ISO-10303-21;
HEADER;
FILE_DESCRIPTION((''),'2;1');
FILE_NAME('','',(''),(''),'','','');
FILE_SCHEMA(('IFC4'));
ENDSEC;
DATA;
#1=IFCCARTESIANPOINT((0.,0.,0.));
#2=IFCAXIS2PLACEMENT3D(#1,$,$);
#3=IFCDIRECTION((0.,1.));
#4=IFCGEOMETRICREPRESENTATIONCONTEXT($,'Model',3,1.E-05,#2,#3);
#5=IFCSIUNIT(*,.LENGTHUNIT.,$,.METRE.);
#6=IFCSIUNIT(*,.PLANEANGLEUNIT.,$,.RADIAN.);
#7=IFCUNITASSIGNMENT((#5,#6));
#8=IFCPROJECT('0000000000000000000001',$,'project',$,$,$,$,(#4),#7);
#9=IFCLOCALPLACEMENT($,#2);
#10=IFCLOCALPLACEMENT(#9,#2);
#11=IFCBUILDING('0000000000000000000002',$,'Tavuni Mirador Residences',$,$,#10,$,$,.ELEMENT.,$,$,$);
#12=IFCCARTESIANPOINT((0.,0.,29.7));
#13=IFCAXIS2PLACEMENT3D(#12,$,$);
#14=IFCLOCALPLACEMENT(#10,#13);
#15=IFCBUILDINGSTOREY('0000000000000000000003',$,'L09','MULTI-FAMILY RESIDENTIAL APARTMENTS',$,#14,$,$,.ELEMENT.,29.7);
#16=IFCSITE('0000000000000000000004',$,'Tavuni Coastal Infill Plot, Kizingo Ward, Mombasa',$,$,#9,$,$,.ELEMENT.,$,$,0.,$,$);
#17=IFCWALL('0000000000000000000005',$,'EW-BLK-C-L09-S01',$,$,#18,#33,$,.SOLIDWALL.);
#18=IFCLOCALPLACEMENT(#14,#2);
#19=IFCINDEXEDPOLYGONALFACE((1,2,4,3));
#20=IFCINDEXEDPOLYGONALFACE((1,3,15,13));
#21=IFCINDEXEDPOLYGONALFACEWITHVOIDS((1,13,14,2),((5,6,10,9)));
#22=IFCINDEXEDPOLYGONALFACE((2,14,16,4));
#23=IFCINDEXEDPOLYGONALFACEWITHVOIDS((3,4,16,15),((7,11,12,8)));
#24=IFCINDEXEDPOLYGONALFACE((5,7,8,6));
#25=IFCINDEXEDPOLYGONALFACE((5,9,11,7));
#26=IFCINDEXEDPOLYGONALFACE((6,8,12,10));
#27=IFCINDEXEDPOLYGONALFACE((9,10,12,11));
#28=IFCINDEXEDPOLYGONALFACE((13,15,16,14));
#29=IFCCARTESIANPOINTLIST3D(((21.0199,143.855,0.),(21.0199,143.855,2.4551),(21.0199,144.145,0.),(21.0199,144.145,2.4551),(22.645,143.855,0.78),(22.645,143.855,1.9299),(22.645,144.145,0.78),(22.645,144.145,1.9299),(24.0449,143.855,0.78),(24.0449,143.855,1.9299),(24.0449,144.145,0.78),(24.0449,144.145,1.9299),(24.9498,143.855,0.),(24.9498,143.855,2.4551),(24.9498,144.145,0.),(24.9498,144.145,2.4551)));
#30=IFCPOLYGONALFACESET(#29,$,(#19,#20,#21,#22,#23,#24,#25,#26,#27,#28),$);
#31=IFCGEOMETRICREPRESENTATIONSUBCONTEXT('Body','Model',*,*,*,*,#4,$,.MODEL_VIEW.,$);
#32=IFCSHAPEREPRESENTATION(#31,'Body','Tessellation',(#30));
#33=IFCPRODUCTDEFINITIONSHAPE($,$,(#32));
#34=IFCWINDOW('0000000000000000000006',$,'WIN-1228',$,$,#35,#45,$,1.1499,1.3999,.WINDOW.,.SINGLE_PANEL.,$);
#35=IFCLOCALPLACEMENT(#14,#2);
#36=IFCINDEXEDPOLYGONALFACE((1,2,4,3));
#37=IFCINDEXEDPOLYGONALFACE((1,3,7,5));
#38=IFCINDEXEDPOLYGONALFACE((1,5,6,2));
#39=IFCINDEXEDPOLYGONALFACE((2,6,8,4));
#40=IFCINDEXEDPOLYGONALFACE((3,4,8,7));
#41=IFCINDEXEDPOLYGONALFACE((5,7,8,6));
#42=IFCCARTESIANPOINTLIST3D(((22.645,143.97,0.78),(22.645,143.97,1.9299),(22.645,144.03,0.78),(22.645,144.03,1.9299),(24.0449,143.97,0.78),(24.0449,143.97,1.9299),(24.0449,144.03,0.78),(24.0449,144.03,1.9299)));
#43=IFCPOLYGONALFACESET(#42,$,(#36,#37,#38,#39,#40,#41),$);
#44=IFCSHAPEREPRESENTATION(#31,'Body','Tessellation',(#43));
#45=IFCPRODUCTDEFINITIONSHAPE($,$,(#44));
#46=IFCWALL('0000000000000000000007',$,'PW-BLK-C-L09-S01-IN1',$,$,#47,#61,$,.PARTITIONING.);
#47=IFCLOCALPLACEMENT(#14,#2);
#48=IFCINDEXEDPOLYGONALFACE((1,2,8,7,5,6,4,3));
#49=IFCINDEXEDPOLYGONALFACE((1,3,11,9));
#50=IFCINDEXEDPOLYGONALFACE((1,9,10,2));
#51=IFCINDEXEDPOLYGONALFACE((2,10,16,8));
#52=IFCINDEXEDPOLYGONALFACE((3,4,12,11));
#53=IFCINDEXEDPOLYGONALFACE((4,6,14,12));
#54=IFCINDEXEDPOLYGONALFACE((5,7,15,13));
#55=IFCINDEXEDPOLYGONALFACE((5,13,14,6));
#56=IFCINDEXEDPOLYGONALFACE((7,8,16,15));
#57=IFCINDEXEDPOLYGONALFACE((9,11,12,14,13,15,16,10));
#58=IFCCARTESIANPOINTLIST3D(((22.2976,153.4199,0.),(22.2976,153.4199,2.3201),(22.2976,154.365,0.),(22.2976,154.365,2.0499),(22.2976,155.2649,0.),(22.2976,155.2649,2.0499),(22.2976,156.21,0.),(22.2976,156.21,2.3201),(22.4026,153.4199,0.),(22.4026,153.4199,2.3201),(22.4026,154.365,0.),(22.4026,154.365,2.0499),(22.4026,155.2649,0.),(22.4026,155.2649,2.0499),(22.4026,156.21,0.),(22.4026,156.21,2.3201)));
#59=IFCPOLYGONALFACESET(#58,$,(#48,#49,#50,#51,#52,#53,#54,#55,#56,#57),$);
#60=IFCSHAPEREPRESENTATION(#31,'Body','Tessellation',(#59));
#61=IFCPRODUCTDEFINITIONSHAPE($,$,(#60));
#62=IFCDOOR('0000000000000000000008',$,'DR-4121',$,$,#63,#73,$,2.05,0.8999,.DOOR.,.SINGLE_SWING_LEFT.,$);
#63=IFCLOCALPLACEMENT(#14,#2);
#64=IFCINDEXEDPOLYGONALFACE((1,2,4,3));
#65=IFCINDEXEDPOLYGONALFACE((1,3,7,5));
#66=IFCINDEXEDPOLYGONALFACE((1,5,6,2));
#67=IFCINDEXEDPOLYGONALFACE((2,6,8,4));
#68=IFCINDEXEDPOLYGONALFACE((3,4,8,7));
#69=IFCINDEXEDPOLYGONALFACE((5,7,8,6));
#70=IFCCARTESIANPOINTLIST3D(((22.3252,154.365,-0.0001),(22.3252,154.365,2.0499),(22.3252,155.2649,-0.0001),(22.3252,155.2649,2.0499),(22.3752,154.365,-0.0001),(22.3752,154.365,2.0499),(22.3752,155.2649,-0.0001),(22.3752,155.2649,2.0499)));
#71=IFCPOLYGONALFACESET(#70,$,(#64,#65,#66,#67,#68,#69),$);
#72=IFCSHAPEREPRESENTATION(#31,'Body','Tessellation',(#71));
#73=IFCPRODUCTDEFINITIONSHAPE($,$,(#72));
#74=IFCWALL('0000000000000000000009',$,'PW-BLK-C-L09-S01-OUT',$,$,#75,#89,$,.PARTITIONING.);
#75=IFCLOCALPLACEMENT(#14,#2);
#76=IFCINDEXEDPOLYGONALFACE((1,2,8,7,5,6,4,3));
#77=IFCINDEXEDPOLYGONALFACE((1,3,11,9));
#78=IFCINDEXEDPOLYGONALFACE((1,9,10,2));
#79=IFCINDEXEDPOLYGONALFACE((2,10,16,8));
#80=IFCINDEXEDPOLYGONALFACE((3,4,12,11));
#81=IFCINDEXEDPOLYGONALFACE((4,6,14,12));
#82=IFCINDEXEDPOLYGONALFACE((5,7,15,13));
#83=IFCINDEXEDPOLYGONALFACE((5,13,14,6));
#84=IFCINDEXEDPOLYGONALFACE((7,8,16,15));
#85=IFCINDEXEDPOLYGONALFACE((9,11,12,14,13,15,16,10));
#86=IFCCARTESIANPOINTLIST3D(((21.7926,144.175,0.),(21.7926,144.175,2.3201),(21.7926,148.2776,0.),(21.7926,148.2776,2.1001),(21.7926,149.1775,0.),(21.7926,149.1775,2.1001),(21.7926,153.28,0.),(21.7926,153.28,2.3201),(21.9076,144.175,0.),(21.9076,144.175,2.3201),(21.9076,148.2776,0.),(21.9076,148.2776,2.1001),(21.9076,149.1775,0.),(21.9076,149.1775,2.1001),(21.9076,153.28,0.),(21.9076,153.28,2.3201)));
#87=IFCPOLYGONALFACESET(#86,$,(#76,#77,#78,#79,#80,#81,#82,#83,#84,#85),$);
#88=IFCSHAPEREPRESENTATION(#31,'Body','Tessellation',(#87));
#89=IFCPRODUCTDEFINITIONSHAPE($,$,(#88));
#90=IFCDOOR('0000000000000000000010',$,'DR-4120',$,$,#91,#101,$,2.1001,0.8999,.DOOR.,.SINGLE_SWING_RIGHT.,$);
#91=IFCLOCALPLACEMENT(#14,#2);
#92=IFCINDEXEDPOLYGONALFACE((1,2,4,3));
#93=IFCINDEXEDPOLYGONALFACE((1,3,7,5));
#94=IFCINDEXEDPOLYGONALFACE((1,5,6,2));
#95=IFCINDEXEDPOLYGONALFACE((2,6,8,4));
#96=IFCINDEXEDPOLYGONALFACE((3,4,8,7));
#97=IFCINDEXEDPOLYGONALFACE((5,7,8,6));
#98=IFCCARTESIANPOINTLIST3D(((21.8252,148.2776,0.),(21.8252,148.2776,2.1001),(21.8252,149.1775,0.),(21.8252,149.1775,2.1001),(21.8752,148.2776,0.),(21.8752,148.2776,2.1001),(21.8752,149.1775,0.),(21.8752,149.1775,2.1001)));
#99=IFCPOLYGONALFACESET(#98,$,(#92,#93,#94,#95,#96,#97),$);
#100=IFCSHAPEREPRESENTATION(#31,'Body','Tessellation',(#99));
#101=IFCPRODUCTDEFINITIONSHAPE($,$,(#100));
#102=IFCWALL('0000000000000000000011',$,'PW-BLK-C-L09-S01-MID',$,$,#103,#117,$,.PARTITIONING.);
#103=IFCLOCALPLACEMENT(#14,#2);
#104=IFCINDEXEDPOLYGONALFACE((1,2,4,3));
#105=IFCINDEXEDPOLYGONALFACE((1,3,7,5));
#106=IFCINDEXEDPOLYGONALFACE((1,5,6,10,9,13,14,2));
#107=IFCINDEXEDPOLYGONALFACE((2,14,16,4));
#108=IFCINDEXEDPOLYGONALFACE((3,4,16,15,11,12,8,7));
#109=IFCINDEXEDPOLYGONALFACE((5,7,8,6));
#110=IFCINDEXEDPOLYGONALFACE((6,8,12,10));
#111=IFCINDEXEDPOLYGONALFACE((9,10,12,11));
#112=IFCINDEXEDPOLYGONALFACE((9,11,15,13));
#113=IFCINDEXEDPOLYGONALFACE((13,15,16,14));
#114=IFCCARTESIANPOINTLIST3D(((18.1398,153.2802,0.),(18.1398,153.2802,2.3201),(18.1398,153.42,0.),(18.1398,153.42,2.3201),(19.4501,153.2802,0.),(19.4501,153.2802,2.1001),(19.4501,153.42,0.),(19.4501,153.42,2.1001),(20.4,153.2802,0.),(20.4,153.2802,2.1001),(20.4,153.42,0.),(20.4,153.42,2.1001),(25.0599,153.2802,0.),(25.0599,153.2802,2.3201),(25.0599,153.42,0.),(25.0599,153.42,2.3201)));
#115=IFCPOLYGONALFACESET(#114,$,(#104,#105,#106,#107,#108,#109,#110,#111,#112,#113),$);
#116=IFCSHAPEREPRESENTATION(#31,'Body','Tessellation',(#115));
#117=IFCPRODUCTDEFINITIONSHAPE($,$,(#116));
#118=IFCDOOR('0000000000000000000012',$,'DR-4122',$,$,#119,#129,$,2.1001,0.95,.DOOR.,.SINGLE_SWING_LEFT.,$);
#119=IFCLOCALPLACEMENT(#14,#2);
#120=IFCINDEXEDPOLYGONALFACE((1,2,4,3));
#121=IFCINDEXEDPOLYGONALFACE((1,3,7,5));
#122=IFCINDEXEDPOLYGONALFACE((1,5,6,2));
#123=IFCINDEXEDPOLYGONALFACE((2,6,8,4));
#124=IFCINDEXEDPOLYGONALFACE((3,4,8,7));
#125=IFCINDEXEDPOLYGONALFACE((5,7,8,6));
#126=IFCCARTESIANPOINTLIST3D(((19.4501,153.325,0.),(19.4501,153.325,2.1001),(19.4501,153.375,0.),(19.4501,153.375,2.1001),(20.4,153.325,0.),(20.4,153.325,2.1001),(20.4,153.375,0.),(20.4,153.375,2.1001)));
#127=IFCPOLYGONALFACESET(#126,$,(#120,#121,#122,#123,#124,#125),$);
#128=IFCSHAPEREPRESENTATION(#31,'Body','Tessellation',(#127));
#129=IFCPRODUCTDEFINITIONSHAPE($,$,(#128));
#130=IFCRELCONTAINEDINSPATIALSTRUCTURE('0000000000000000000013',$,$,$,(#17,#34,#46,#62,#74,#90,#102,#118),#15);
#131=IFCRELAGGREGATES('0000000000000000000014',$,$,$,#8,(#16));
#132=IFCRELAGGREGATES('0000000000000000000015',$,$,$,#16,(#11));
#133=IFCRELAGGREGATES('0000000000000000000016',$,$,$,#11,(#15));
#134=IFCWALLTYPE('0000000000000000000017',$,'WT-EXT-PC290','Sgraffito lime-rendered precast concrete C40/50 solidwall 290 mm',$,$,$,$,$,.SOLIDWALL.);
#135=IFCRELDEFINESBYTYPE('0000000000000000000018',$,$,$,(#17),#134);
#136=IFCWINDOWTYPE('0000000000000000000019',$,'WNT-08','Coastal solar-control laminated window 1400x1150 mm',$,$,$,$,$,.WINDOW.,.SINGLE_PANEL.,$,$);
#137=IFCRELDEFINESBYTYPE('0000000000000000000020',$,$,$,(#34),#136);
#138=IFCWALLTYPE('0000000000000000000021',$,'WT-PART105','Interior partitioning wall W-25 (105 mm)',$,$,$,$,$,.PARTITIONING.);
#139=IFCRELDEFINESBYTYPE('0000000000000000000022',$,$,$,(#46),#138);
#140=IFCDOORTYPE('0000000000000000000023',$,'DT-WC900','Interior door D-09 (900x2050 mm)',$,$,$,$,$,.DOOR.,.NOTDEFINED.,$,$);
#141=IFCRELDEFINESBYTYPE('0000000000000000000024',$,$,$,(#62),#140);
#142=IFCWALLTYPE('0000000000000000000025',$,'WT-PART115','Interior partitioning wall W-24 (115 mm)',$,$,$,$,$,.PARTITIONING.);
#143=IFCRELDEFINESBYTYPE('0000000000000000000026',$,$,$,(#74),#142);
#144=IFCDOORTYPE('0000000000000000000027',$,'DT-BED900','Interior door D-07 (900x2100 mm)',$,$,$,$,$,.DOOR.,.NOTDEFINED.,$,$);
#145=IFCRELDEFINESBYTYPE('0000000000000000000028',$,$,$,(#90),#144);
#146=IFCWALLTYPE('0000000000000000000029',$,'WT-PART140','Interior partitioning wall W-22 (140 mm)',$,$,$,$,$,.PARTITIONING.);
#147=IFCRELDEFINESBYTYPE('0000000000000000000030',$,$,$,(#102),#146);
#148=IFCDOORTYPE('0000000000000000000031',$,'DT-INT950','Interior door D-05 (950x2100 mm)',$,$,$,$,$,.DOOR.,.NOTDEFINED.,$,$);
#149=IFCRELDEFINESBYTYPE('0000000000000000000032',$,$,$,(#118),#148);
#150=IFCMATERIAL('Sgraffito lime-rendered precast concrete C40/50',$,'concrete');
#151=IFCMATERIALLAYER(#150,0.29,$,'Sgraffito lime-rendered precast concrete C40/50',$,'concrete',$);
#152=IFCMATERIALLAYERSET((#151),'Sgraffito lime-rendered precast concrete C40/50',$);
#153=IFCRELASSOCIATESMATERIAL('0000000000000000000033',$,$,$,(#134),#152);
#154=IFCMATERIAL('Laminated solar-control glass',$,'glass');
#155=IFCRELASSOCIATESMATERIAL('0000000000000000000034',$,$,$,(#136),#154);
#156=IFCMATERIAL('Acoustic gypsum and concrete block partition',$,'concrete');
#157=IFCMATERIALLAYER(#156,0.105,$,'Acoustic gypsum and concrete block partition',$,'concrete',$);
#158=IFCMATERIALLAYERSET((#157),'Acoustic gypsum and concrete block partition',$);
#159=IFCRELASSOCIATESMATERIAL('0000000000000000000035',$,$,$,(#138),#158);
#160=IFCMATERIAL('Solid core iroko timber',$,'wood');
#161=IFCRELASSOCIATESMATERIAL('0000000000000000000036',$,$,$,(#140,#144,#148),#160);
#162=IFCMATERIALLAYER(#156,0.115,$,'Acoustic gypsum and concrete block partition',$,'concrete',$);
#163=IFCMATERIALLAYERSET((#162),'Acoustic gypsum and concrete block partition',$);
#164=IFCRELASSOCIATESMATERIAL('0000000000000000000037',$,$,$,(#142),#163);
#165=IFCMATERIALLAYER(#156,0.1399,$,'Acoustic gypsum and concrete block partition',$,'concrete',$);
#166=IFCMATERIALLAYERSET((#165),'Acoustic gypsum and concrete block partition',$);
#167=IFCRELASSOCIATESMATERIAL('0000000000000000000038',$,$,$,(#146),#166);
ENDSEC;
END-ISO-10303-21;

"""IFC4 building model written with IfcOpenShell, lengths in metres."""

from ifc_helpers import new_model, si_unit, direction, frame, frame_2d, origin, place, context, subcontext, project, spatial, rectangle, extrude, material, layer, layer_set, type_object, element, fill, save


model = new_model("IFC4")

# Units and contexts
model_context = context("Model", 3, precision=1e-05, world=origin(), true_north=direction((0.0, 1.0)))
body_context = subcontext(model_context, "Body", "Model", "MODEL_VIEW")
ifc_project = project(units=[si_unit("LENGTHUNIT", "METRE"), si_unit("PLANEANGLEUNIT", "RADIAN")], contexts=[model_context])

# Site, building, storey
site_placement = place(None, origin())
site = spatial("IfcSite", under=ifc_project, at=site_placement, Name="Tavuni Coastal Infill Plot, Kizingo Ward, Mombasa", CompositionType="ELEMENT", RefElevation=0.0)
building_placement = place(site_placement, origin())
building = spatial("IfcBuilding", under=site, at=building_placement, Name="Tavuni Mirador Residences", CompositionType="ELEMENT")
storey_placement = place(building_placement, frame((0.0, 0.0, 29.7)))
storey = spatial("IfcBuildingStorey", under=building, at=storey_placement, Name="L09", Description="MULTI-FAMILY RESIDENTIAL APARTMENTS", CompositionType="ELEMENT", Elevation=29.7)

# Shared definitions
ifc_material_1 = material(Name="Solid core iroko timber", Category="wood")

# Wall, opening, window
ifc_material_2 = material(Name="Sgraffito lime-rendered precast concrete C40/50", Category="concrete")
ifc_layer_1 = layer(ifc_material_2, 0.29, Name="Sgraffito lime-rendered precast concrete C40/50", Category="concrete")
ifc_layer_set_1 = layer_set([ifc_layer_1], Name="Sgraffito lime-rendered precast concrete C40/50")
wall_type_1 = type_object("IfcWallType", Name="WT-EXT-PC290", Description="Sgraffito lime-rendered precast concrete C40/50 solidwall 290 mm", PredefinedType="SOLIDWALL", material=ifc_layer_set_1)
wall_1_placement = place(storey_placement, frame((21.02, 144.0, 0.0), z_axis=(0.0, 0.0, 1.0), x_axis=(1.0, 0.0, 0.0)))
wall_1 = element("IfcWall", 1, at=wall_1_placement, inside=storey, type_object=wall_type_1, Name="EW-BLK-C-L09-S01", PredefinedType="SOLIDWALL", context=body_context, shape_type="SweptSolid", body=[
    extrude(rectangle(XDim=3.9299, YDim=0.29, at=frame_2d((1.9648, 0.0))), origin(), (0.0, 0.0, 1.0), 2.4551),
])
opening_1_placement = place(wall_1_placement, frame((1.625, 0.0, 0.78)))
opening_1 = element("IfcOpeningElement", 2, at=opening_1_placement, cuts=wall_1, PredefinedType="OPENING", context=body_context, shape_type="SweptSolid", body=[
    extrude(rectangle(XDim=1.3999, YDim=1.1499, at=frame_2d((0.7, 0.575))), frame((0.0, 0.155, 0.0), z_axis=(0.0, -1.0, 0.0), x_axis=(1.0, 0.0, 0.0)), (0.0, 0.0, 1.0), 0.3101),
])
ifc_material_3 = material(Name="Laminated solar-control glass", Category="glass")
window_type = type_object("IfcWindowType", Name="WNT-08", Description="Coastal solar-control laminated window 1400x1150 mm", PartitioningType="SINGLE_PANEL", PredefinedType="WINDOW", material=ifc_material_3)
window_placement = place(opening_1_placement, origin())
window = element("IfcWindow", 3, at=window_placement, inside=storey, type_object=window_type, Name="WIN-1228", OverallHeight=1.1499, OverallWidth=1.3999, PartitioningType="SINGLE_PANEL", PredefinedType="WINDOW", context=body_context, shape_type="SweptSolid", body=[
    extrude(rectangle(XDim=1.3999, YDim=1.1499, at=frame_2d((0.7, 0.575))), frame((0.0, 0.03, 0.0), z_axis=(0.0, -1.0, 0.0), x_axis=(1.0, 0.0, 0.0)), (0.0, 0.0, 1.0), 0.0601),
])
fill(opening_1, window)

# Walls, openings, doors
ifc_material_4 = material(Name="Acoustic gypsum and concrete block partition", Category="concrete")
ifc_layer_2 = layer(ifc_material_4, 0.105, Name="Acoustic gypsum and concrete block partition", Category="concrete")
ifc_layer_set_2 = layer_set([ifc_layer_2], Name="Acoustic gypsum and concrete block partition")
wall_type_2 = type_object("IfcWallType", Name="WT-PART105", Description="Interior partitioning wall W-25 (105 mm)", PredefinedType="PARTITIONING", material=ifc_layer_set_2)
wall_2_placement = place(storey_placement, frame((22.3501, 153.4199, 0.0), z_axis=(0.0, 0.0, 1.0), x_axis=(0.0, 1.0, 0.0)))
wall_2 = element("IfcWall", 4, at=wall_2_placement, inside=storey, type_object=wall_type_2, Name="PW-BLK-C-L09-S01-IN1", PredefinedType="PARTITIONING", context=body_context, shape_type="SweptSolid", body=[
    extrude(rectangle(XDim=2.79, YDim=0.105, at=frame_2d((1.395, 0.0))), origin(), (0.0, 0.0, 1.0), 2.3201),
])
opening_2_placement = place(wall_2_placement, frame((0.9451, 0.0, 0.0)))
opening_2 = element("IfcOpeningElement", 5, at=opening_2_placement, cuts=wall_2, PredefinedType="OPENING", context=body_context, shape_type="SweptSolid", body=[
    extrude(rectangle(XDim=0.8999, YDim=2.05, at=frame_2d((0.45, 1.0249))), frame((0.0, 0.0625, 0.0), z_axis=(0.0, -1.0, 0.0), x_axis=(1.0, 0.0, 0.0)), (0.0, 0.0, 1.0), 0.125),
])
door_type_1 = type_object("IfcDoorType", Name="DT-WC900", Description="Interior door D-09 (900x2050 mm)", OperationType="NOTDEFINED", PredefinedType="DOOR", material=ifc_material_1)
door_1_placement = place(opening_2_placement, origin())
door_1 = element("IfcDoor", 6, at=door_1_placement, inside=storey, type_object=door_type_1, Name="DR-4121", OperationType="SINGLE_SWING_LEFT", OverallHeight=2.05, OverallWidth=0.8999, PredefinedType="DOOR", context=body_context, shape_type="SweptSolid", body=[
    extrude(rectangle(XDim=0.8999, YDim=2.05, at=frame_2d((0.45, 1.0249))), frame((0.0, 0.0249, 0.0), z_axis=(0.0, -1.0, 0.0), x_axis=(1.0, 0.0, 0.0)), (0.0, 0.0, 1.0), 0.05),
])
fill(opening_2, door_1)
ifc_layer_3 = layer(ifc_material_4, 0.115, Name="Acoustic gypsum and concrete block partition", Category="concrete")
ifc_layer_set_3 = layer_set([ifc_layer_3], Name="Acoustic gypsum and concrete block partition")
wall_type_3 = type_object("IfcWallType", Name="WT-PART115", Description="Interior partitioning wall W-24 (115 mm)", PredefinedType="PARTITIONING", material=ifc_layer_set_3)
wall_3_placement = place(storey_placement, frame((21.8501, 144.175, 0.0), z_axis=(0.0, 0.0, 1.0), x_axis=(0.0, 1.0, 0.0)))
wall_3 = element("IfcWall", 7, at=wall_3_placement, inside=storey, type_object=wall_type_3, Name="PW-BLK-C-L09-S01-OUT", PredefinedType="PARTITIONING", context=body_context, shape_type="SweptSolid", body=[
    extrude(rectangle(XDim=9.105, YDim=0.115, at=frame_2d((4.5525, 0.0))), origin(), (0.0, 0.0, 1.0), 2.3201),
])
opening_3_placement = place(wall_3_placement, frame((4.1025, 0.0, 0.0)))
opening_3 = element("IfcOpeningElement", 8, at=opening_3_placement, cuts=wall_3, PredefinedType="OPENING", context=body_context, shape_type="SweptSolid", body=[
    extrude(rectangle(XDim=0.8999, YDim=2.1001, at=frame_2d((0.45, 1.05))), frame((0.0, 0.0674, 0.0), z_axis=(0.0, -1.0, 0.0), x_axis=(1.0, 0.0, 0.0)), (0.0, 0.0, 1.0), 0.135),
])
door_type_2 = type_object("IfcDoorType", Name="DT-BED900", Description="Interior door D-07 (900x2100 mm)", OperationType="NOTDEFINED", PredefinedType="DOOR", material=ifc_material_1)
door_2_placement = place(opening_3_placement, origin())
door_2 = element("IfcDoor", 9, at=door_2_placement, inside=storey, type_object=door_type_2, Name="DR-4120", OperationType="SINGLE_SWING_RIGHT", OverallHeight=2.1001, OverallWidth=0.8999, PredefinedType="DOOR", context=body_context, shape_type="SweptSolid", body=[
    extrude(rectangle(XDim=0.8999, YDim=2.1001, at=frame_2d((0.45, 1.05))), frame((0.0, 0.0249, 0.0), z_axis=(0.0, -1.0, 0.0), x_axis=(1.0, 0.0, 0.0)), (0.0, 0.0, 1.0), 0.05),
])
fill(opening_3, door_2)
ifc_layer_4 = layer(ifc_material_4, 0.1399, Name="Acoustic gypsum and concrete block partition", Category="concrete")
ifc_layer_set_4 = layer_set([ifc_layer_4], Name="Acoustic gypsum and concrete block partition")
wall_type_4 = type_object("IfcWallType", Name="WT-PART140", Description="Interior partitioning wall W-22 (140 mm)", PredefinedType="PARTITIONING", material=ifc_layer_set_4)
wall_4_placement = place(storey_placement, frame((18.1399, 153.3501, 0.0), z_axis=(0.0, 0.0, 1.0), x_axis=(1.0, 0.0, 0.0)))
wall_4 = element("IfcWall", 10, at=wall_4_placement, inside=storey, type_object=wall_type_4, Name="PW-BLK-C-L09-S01-MID", PredefinedType="PARTITIONING", context=body_context, shape_type="SweptSolid", body=[
    extrude(rectangle(XDim=6.9202, YDim=0.1399, at=frame_2d((3.46, 0.0))), origin(), (0.0, 0.0, 1.0), 2.3201),
])
opening_4_placement = place(wall_4_placement, frame((1.3101, 0.0, 0.0)))
opening_4 = element("IfcOpeningElement", 11, at=opening_4_placement, cuts=wall_4, PredefinedType="OPENING", context=body_context, shape_type="SweptSolid", body=[
    extrude(rectangle(XDim=0.95, YDim=2.1001, at=frame_2d((0.4751, 1.05))), frame((0.0, 0.0801, 0.0), z_axis=(0.0, -1.0, 0.0), x_axis=(1.0, 0.0, 0.0)), (0.0, 0.0, 1.0), 0.1599),
])
door_type_3 = type_object("IfcDoorType", Name="DT-INT950", Description="Interior door D-05 (950x2100 mm)", OperationType="NOTDEFINED", PredefinedType="DOOR", material=ifc_material_1)
door_3_placement = place(opening_4_placement, origin())
door_3 = element("IfcDoor", 12, at=door_3_placement, inside=storey, type_object=door_type_3, Name="DR-4122", OperationType="SINGLE_SWING_LEFT", OverallHeight=2.1001, OverallWidth=0.95, PredefinedType="DOOR", context=body_context, shape_type="SweptSolid", body=[
    extrude(rectangle(XDim=0.95, YDim=2.1001, at=frame_2d((0.4751, 1.05))), frame((0.0, 0.0249, 0.0), z_axis=(0.0, -1.0, 0.0), x_axis=(1.0, 0.0, 0.0)), (0.0, 0.0, 1.0), 0.05),
])
fill(opening_4, door_3)

save(model, "model.ifc")
